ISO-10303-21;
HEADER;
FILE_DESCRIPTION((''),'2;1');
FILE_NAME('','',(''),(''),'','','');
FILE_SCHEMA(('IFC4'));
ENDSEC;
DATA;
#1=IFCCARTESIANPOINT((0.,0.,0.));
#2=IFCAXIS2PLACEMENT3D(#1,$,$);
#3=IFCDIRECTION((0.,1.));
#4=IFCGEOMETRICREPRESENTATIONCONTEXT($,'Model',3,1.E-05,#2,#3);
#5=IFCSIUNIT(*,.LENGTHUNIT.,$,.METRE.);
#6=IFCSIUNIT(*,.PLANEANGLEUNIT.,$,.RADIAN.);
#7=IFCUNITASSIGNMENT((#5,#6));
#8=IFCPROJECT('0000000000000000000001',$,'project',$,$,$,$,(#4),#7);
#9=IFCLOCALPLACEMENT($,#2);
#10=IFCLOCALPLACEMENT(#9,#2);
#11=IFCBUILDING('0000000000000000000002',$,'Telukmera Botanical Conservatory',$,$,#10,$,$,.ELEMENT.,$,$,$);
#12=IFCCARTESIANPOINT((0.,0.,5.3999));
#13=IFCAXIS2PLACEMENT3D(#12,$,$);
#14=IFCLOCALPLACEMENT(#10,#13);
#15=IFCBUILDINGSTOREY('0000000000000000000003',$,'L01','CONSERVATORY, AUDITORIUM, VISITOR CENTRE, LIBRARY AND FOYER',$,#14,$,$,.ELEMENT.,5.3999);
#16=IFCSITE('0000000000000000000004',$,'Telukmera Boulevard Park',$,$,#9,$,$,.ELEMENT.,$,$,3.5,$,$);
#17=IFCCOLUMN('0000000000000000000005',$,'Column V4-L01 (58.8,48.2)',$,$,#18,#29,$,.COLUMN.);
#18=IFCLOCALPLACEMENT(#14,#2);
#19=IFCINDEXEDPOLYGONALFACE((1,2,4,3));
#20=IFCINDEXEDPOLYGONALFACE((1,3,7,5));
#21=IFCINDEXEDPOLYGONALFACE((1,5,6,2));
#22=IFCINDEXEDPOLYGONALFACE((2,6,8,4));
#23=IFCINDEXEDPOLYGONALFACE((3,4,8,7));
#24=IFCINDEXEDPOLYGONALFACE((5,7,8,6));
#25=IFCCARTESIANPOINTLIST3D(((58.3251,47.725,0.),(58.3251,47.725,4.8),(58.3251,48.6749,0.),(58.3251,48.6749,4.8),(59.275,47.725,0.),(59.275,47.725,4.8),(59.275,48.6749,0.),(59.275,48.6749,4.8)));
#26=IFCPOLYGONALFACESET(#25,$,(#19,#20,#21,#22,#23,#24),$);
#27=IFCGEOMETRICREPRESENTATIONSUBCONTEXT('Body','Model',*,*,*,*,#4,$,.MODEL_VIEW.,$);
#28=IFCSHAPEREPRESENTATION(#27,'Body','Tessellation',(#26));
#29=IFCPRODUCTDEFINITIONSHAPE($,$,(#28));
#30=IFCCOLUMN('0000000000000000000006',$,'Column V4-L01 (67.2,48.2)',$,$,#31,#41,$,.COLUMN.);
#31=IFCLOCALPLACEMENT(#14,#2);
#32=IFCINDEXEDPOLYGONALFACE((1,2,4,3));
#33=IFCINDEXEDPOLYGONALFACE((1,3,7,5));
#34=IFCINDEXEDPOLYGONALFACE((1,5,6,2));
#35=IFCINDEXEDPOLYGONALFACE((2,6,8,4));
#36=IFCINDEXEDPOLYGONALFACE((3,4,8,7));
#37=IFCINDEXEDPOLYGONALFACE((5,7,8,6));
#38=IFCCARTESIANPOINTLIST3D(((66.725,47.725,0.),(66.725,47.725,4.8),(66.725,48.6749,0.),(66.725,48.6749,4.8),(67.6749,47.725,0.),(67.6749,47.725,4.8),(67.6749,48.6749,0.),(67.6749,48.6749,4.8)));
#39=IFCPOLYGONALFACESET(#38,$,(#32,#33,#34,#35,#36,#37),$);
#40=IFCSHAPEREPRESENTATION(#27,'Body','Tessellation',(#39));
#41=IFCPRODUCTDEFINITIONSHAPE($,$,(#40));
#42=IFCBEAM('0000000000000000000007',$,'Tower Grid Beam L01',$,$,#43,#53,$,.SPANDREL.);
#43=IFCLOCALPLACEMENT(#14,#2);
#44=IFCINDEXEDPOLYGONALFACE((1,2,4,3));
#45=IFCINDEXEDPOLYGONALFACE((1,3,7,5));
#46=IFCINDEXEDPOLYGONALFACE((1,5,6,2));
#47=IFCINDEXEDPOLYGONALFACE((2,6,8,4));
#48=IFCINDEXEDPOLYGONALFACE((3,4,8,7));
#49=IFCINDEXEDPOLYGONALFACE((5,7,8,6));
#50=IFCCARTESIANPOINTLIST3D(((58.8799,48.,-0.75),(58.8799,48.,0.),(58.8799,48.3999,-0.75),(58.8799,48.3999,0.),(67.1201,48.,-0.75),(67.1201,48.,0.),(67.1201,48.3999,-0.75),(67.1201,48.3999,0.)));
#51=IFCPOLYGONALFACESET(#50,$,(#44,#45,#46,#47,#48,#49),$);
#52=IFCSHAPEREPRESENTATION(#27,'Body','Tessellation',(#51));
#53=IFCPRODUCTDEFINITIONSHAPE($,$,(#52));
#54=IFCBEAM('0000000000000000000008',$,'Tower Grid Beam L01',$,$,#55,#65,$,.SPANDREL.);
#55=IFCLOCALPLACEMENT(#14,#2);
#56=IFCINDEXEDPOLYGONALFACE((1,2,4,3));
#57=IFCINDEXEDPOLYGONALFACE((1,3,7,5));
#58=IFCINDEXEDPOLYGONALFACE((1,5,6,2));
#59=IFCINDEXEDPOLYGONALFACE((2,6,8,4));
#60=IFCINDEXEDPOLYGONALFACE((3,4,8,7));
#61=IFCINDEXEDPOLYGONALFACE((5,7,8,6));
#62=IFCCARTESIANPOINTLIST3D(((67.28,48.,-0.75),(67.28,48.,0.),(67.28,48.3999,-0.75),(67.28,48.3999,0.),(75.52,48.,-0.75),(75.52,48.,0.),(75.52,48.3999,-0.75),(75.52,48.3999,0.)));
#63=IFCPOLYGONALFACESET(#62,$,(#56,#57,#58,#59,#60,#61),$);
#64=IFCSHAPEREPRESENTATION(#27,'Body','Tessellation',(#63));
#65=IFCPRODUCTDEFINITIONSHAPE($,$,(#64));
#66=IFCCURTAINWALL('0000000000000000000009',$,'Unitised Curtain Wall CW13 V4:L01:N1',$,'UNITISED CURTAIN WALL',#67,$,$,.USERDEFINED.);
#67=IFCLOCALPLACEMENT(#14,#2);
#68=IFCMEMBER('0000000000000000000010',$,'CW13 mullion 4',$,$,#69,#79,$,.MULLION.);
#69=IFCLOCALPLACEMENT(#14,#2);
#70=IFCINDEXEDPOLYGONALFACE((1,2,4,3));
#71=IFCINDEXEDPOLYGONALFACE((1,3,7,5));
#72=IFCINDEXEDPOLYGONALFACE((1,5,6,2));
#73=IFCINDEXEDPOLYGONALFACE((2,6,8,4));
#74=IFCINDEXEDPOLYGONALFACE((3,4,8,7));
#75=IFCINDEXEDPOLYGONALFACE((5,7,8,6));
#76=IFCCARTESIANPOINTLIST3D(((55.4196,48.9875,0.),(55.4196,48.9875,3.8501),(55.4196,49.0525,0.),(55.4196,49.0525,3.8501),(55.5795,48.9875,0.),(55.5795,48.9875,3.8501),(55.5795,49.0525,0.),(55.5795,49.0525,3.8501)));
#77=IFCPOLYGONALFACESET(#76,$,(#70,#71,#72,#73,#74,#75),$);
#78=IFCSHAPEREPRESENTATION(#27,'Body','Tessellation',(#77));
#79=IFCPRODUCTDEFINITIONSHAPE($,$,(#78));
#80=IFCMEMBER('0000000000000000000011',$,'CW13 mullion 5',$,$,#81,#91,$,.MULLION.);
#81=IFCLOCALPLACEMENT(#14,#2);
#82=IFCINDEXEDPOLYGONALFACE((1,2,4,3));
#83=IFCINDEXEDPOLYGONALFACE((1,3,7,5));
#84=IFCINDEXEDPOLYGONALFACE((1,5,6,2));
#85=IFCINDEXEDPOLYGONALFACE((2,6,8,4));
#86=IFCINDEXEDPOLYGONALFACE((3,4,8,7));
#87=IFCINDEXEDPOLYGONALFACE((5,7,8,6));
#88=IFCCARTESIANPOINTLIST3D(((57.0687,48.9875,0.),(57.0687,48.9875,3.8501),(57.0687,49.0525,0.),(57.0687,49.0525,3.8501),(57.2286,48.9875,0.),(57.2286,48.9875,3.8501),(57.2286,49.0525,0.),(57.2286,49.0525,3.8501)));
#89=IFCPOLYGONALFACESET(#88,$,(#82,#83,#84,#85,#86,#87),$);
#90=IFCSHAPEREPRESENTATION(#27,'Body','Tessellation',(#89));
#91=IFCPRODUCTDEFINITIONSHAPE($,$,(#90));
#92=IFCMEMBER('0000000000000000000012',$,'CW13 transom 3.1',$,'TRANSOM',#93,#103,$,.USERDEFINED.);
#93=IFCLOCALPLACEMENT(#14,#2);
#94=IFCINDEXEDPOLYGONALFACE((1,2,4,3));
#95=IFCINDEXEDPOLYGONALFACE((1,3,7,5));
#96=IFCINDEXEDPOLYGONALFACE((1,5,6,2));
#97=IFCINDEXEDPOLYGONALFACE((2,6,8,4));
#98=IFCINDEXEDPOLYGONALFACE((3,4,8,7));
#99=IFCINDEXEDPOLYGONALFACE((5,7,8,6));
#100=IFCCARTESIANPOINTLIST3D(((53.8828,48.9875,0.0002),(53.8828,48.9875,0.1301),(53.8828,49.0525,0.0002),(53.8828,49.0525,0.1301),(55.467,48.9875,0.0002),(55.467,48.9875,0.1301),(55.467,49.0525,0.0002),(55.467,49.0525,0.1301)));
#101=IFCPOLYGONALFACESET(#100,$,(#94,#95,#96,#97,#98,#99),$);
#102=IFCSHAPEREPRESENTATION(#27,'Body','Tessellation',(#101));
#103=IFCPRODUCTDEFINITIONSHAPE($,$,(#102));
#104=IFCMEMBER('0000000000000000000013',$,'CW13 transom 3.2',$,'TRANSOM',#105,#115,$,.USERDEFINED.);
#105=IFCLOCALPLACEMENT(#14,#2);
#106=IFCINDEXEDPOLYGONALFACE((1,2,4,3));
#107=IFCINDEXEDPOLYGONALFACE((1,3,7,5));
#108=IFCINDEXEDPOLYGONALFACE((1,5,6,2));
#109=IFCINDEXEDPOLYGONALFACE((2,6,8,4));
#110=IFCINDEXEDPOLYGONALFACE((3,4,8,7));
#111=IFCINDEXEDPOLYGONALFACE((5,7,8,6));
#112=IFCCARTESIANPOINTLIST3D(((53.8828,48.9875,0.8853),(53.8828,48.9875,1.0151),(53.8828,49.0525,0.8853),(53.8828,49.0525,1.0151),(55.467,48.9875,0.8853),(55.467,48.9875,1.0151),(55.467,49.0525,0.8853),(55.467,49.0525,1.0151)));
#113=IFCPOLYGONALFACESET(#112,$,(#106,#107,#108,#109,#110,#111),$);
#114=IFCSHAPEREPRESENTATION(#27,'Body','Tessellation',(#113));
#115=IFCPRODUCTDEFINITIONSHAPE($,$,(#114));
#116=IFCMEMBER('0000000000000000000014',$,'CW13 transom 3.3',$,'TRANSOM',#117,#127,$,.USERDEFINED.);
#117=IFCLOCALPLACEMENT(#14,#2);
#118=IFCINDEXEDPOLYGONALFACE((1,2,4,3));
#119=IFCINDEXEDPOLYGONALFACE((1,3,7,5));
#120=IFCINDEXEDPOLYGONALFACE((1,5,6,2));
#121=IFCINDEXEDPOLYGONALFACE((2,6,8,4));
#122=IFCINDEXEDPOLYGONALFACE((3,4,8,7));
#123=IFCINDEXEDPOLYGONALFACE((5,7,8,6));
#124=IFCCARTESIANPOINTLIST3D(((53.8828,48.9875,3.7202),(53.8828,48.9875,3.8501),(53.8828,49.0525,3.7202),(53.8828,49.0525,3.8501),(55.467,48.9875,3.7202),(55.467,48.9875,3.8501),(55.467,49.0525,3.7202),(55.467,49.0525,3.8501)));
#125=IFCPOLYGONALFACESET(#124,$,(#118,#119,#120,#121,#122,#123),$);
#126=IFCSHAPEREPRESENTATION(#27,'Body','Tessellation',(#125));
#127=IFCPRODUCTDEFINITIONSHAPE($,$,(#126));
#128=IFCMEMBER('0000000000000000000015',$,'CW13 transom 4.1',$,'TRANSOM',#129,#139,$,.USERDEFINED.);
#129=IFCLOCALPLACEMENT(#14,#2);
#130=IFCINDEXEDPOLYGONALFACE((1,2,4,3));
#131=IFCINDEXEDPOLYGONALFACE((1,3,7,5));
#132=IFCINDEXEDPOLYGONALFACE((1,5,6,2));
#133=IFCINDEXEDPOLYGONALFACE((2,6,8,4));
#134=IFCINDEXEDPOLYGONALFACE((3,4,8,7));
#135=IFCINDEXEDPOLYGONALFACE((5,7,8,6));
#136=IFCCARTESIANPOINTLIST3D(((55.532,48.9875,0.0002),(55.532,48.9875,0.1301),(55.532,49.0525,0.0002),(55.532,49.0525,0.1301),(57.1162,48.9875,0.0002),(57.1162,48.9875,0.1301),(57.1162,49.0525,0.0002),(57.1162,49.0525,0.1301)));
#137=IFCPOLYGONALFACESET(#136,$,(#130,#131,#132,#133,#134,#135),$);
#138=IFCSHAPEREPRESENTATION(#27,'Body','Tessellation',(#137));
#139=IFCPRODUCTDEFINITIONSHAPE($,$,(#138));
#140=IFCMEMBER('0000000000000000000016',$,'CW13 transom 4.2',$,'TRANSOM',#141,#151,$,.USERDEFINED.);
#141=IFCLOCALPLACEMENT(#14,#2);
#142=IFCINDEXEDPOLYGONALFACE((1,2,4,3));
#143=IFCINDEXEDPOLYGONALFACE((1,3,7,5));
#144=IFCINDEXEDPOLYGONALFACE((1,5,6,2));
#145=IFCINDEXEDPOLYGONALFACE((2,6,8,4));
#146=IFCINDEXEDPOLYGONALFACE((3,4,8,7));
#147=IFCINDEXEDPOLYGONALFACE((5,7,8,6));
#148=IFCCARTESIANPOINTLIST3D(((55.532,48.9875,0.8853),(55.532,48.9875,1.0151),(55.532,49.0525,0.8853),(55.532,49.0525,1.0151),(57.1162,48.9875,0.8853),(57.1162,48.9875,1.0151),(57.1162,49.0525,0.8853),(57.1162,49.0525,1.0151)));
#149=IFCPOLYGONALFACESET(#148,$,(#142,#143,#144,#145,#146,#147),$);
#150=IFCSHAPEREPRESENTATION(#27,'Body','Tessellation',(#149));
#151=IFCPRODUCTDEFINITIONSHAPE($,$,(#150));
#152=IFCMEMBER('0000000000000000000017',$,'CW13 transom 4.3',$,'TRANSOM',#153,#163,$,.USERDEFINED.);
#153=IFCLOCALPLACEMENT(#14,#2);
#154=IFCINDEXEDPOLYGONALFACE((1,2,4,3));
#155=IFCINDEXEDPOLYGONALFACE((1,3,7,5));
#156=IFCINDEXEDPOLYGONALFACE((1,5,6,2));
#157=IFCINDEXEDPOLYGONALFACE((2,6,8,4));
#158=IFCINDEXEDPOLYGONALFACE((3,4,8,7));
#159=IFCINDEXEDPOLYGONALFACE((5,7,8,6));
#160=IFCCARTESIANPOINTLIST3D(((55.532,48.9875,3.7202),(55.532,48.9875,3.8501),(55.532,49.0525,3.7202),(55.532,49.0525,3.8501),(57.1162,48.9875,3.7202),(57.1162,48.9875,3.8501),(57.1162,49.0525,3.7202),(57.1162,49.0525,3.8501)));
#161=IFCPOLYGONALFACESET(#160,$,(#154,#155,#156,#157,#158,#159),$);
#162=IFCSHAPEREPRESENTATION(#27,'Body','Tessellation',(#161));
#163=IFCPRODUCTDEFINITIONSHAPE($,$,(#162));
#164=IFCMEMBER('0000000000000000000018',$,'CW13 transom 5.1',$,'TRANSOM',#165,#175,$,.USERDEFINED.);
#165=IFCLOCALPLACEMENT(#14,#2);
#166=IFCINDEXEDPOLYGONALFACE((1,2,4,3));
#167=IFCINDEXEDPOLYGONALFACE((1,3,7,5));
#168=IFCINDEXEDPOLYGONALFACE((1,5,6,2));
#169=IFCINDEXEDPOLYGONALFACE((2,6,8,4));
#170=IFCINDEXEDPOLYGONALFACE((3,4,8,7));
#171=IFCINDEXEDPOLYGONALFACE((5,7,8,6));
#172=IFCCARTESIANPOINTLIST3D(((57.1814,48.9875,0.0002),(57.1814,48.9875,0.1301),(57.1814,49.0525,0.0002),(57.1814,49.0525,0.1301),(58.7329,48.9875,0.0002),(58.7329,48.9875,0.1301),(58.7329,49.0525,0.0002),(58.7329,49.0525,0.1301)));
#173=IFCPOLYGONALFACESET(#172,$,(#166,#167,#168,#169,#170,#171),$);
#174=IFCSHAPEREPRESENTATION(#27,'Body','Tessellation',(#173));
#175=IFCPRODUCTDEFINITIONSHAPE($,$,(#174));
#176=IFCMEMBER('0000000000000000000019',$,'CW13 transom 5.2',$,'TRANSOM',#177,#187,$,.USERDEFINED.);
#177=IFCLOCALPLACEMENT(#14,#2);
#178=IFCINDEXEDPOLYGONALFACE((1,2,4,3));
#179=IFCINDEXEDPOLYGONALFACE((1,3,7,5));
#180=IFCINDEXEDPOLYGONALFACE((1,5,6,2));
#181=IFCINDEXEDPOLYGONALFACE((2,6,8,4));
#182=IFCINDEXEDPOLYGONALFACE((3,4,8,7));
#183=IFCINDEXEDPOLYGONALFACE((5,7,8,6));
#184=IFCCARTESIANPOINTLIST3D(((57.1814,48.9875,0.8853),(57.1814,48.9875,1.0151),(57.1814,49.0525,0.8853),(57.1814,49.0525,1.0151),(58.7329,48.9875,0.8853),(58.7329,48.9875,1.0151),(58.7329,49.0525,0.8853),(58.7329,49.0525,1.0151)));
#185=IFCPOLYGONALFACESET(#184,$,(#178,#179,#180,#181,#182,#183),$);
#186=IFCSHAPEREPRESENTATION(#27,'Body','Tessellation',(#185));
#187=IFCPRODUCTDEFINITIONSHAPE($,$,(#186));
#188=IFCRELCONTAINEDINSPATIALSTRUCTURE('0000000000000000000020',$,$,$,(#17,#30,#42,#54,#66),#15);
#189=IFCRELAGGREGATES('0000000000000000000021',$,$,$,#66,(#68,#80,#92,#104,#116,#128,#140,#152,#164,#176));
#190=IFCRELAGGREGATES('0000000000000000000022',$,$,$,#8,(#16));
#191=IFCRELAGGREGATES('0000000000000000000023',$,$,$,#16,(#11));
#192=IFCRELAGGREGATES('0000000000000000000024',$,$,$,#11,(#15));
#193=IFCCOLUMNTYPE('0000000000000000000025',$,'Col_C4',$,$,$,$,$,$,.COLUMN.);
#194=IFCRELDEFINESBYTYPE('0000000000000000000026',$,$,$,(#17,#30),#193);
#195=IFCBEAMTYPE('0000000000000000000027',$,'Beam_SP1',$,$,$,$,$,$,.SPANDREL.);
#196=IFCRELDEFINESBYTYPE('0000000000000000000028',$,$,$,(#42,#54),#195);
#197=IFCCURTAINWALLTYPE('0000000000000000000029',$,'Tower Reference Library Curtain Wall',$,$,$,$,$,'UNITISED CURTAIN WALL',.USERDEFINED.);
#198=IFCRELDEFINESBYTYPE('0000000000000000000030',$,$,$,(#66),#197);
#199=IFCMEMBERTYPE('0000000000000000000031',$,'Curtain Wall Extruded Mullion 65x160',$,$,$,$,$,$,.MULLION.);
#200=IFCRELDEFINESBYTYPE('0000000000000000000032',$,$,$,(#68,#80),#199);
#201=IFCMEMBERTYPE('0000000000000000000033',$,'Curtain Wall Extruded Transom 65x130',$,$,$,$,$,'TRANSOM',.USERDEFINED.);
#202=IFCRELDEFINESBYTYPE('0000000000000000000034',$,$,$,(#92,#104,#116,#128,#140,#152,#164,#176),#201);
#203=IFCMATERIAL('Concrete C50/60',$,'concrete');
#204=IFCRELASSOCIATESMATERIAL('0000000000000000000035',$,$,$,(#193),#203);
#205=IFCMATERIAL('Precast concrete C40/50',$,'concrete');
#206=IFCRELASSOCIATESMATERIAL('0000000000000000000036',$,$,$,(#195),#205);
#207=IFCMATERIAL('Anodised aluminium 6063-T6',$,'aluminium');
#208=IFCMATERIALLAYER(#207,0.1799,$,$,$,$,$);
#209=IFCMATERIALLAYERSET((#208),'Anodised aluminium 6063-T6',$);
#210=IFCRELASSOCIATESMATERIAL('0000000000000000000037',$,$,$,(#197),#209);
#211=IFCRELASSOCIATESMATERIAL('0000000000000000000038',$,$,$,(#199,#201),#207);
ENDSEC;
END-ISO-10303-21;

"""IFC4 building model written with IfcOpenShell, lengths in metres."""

from ifc_helpers import new_model, si_unit, direction, frame, origin, origin_2d, place, context, subcontext, project, spatial, rectangle, extrude, material, layer, layer_set, material_profile, profile_set, type_object, element, aggregate, save


model = new_model("IFC4")

# Units and contexts
model_context = context("Model", 3, precision=1e-05, world=origin(), true_north=direction((0.0, 1.0)))
body_context = subcontext(model_context, "Body", "Model", "MODEL_VIEW")
ifc_project = project(units=[si_unit("LENGTHUNIT", "METRE"), si_unit("PLANEANGLEUNIT", "RADIAN")], contexts=[model_context])

# Site, building, storey
site_placement = place(None, origin())
site = spatial("IfcSite", under=ifc_project, at=site_placement, Name="Telukmera Boulevard Park", CompositionType="ELEMENT", RefElevation=3.5)
building_placement = place(site_placement, origin())
building = spatial("IfcBuilding", under=site, at=building_placement, Name="Telukmera Botanical Conservatory", CompositionType="ELEMENT")
storey_placement = place(building_placement, frame((0.0, 0.0, 5.3999)))
storey = spatial("IfcBuildingStorey", under=building, at=storey_placement, Name="L01", Description="CONSERVATORY, AUDITORIUM, VISITOR CENTRE, LIBRARY AND FOYER", CompositionType="ELEMENT", Elevation=5.3999)

# Columns
ifc_material_1 = material(Name="Concrete C50/60", Category="concrete")
ifc_material_profile_1 = material_profile(ifc_material_1, rectangle(XDim=0.95, YDim=0.95, at=origin_2d()), Name="RC 950x950")
ifc_profile_set_1 = profile_set([ifc_material_profile_1], Name="Concrete C50/60")
column_type = type_object("IfcColumnType", Name="Col_C4", PredefinedType="COLUMN", material=ifc_profile_set_1)
for number, where, z_axis, x_axis, name in (
    (1, (58.8, 48.2, 0.0), (0.0, 0.0, 1.0), (1.0, 0.0, 0.0), "Column V4-L01 (58.8,48.2)"),
    (2, (67.2, 48.2, 0.0), (0.0, 0.0, 1.0), (1.0, 0.0, 0.0), "Column V4-L01 (67.2,48.2)"),
):
    element("IfcColumn", number, at=place(storey_placement, frame(where, z_axis=z_axis, x_axis=x_axis)), inside=storey, type_object=column_type, Name=name, PredefinedType="COLUMN", context=body_context, shape_type="SweptSolid", body=[
        extrude(rectangle(XDim=0.95, YDim=0.95, at=origin_2d()), origin(), (0.0, 0.0, 1.0), 4.8),
    ])

# Beams
ifc_material_2 = material(Name="Precast concrete C40/50", Category="concrete")
ifc_material_profile_2 = material_profile(ifc_material_2, rectangle(XDim=0.3999, YDim=0.75, at=origin_2d()), Name="PC 400x750")
ifc_profile_set_2 = profile_set([ifc_material_profile_2], Name="Precast concrete C40/50")
beam_type = type_object("IfcBeamType", Name="Beam_SP1", PredefinedType="SPANDREL", material=ifc_profile_set_2)
beam_1_placement = place(storey_placement, frame((58.8799, 48.2, -0.375), z_axis=(1.0, 0.0, 0.0), x_axis=(0.0, 1.0, 0.0)))
element("IfcBeam", 3, at=beam_1_placement, inside=storey, type_object=beam_type, Name="Tower Grid Beam L01", PredefinedType="SPANDREL", context=body_context, shape_type="SweptSolid", body=[
    extrude(rectangle(XDim=0.3999, YDim=0.75, at=origin_2d()), origin(), (0.0, 0.0, 1.0), 8.2402),
])
beam_2_placement = place(storey_placement, frame((67.28, 48.2, -0.375), z_axis=(1.0, 0.0, 0.0), x_axis=(0.0, 1.0, 0.0)))
element("IfcBeam", 4, at=beam_2_placement, inside=storey, type_object=beam_type, Name="Tower Grid Beam L01", PredefinedType="SPANDREL", context=body_context, shape_type="SweptSolid", body=[
    extrude(rectangle(XDim=0.3999, YDim=0.75, at=origin_2d()), origin(), (0.0, 0.0, 1.0), 8.24),
])

# Curtain wall, members
ifc_material_3 = material(Name="Anodised aluminium 6063-T6", Category="aluminium")
ifc_layer_1 = layer(ifc_material_3, 0.1799)
ifc_layer_set_1 = layer_set([ifc_layer_1], Name="Anodised aluminium 6063-T6")
curtain_wall_type = type_object("IfcCurtainWallType", Name="Tower Reference Library Curtain Wall", ElementType="UNITISED CURTAIN WALL", PredefinedType="USERDEFINED", material=ifc_layer_set_1)
curtain_wall_placement = place(storey_placement, origin())
curtain_wall = element("IfcCurtainWall", 5, at=curtain_wall_placement, inside=storey, type_object=curtain_wall_type, Name="Unitised Curtain Wall CW13 V4:L01:N1", ObjectType="UNITISED CURTAIN WALL", PredefinedType="USERDEFINED")
ifc_material_profile_3 = material_profile(ifc_material_3, rectangle(XDim=0.0649, YDim=0.1599, at=origin_2d()), Name="ALU MULL 65x160")
ifc_profile_set_3 = profile_set([ifc_material_profile_3], Name="Anodised aluminium 6063-T6")
member_type_1 = type_object("IfcMemberType", Name="Curtain Wall Extruded Mullion 65x160", PredefinedType="MULLION", material=ifc_profile_set_3)
member_1_placement = place(storey_placement, frame((55.4995, 49.02, 0.0), z_axis=(0.0, 0.0, 1.0), x_axis=(0.0, 1.0, 0.0)))
member_1 = element("IfcMember", 6, at=member_1_placement, type_object=member_type_1, Name="CW13 mullion 4", PredefinedType="MULLION", context=body_context, shape_type="SweptSolid", body=[
    extrude(rectangle(XDim=0.0649, YDim=0.1599, at=origin_2d()), origin(), (0.0, 0.0, 1.0), 3.8501),
])
member_2_placement = place(storey_placement, frame((57.1487, 49.02, 0.0), z_axis=(0.0, 0.0, 1.0), x_axis=(0.0, 1.0, 0.0)))
member_2 = element("IfcMember", 7, at=member_2_placement, type_object=member_type_1, Name="CW13 mullion 5", PredefinedType="MULLION", context=body_context, shape_type="SweptSolid", body=[
    extrude(rectangle(XDim=0.0649, YDim=0.1599, at=origin_2d()), origin(), (0.0, 0.0, 1.0), 3.8501),
])
ifc_material_profile_4 = material_profile(ifc_material_3, rectangle(XDim=0.0649, YDim=0.1299, at=origin_2d()), Name="ALU TRAN 65x130")
ifc_profile_set_4 = profile_set([ifc_material_profile_4], Name="Anodised aluminium 6063-T6")
member_type_2 = type_object("IfcMemberType", Name="Curtain Wall Extruded Transom 65x130", ElementType="TRANSOM", PredefinedType="USERDEFINED", material=ifc_profile_set_4)
member_3_placement = place(storey_placement, frame((53.8828, 49.02, 0.0652), z_axis=(1.0, 0.0, 0.0), x_axis=(0.0, 1.0, 0.0)))
member_3 = element("IfcMember", 8, at=member_3_placement, type_object=member_type_2, Name="CW13 transom 3.1", ObjectType="TRANSOM", PredefinedType="USERDEFINED", context=body_context, shape_type="SweptSolid", body=[
    extrude(rectangle(XDim=0.0649, YDim=0.1299, at=origin_2d()), origin(), (0.0, 0.0, 1.0), 1.5842),
])
member_4_placement = place(storey_placement, frame((53.8828, 49.02, 0.9502), z_axis=(1.0, 0.0, 0.0), x_axis=(0.0, 1.0, 0.0)))
member_4 = element("IfcMember", 9, at=member_4_placement, type_object=member_type_2, Name="CW13 transom 3.2", ObjectType="TRANSOM", PredefinedType="USERDEFINED", context=body_context, shape_type="SweptSolid", body=[
    extrude(rectangle(XDim=0.0649, YDim=0.1299, at=origin_2d()), origin(), (0.0, 0.0, 1.0), 1.5842),
])
member_5_placement = place(storey_placement, frame((53.8828, 49.02, 3.7852), z_axis=(1.0, 0.0, 0.0), x_axis=(0.0, 1.0, 0.0)))
member_5 = element("IfcMember", 10, at=member_5_placement, type_object=member_type_2, Name="CW13 transom 3.3", ObjectType="TRANSOM", PredefinedType="USERDEFINED", context=body_context, shape_type="SweptSolid", body=[
    extrude(rectangle(XDim=0.0649, YDim=0.1299, at=origin_2d()), origin(), (0.0, 0.0, 1.0), 1.5842),
])
member_6_placement = place(storey_placement, frame((55.532, 49.02, 0.0652), z_axis=(1.0, 0.0, 0.0), x_axis=(0.0, 1.0, 0.0)))
member_6 = element("IfcMember", 11, at=member_6_placement, type_object=member_type_2, Name="CW13 transom 4.1", ObjectType="TRANSOM", PredefinedType="USERDEFINED", context=body_context, shape_type="SweptSolid", body=[
    extrude(rectangle(XDim=0.0649, YDim=0.1299, at=origin_2d()), origin(), (0.0, 0.0, 1.0), 1.5842),
])
member_7_placement = place(storey_placement, frame((55.532, 49.02, 0.9502), z_axis=(1.0, 0.0, 0.0), x_axis=(0.0, 1.0, 0.0)))
member_7 = element("IfcMember", 12, at=member_7_placement, type_object=member_type_2, Name="CW13 transom 4.2", ObjectType="TRANSOM", PredefinedType="USERDEFINED", context=body_context, shape_type="SweptSolid", body=[
    extrude(rectangle(XDim=0.0649, YDim=0.1299, at=origin_2d()), origin(), (0.0, 0.0, 1.0), 1.5842),
])
member_8_placement = place(storey_placement, frame((55.532, 49.02, 3.7852), z_axis=(1.0, 0.0, 0.0), x_axis=(0.0, 1.0, 0.0)))
member_8 = element("IfcMember", 13, at=member_8_placement, type_object=member_type_2, Name="CW13 transom 4.3", ObjectType="TRANSOM", PredefinedType="USERDEFINED", context=body_context, shape_type="SweptSolid", body=[
    extrude(rectangle(XDim=0.0649, YDim=0.1299, at=origin_2d()), origin(), (0.0, 0.0, 1.0), 1.5842),
])
member_9_placement = place(storey_placement, frame((57.1814, 49.02, 0.0652), z_axis=(1.0, 0.0, 0.0), x_axis=(0.0, 1.0, 0.0)))
member_9 = element("IfcMember", 14, at=member_9_placement, type_object=member_type_2, Name="CW13 transom 5.1", ObjectType="TRANSOM", PredefinedType="USERDEFINED", context=body_context, shape_type="SweptSolid", body=[
    extrude(rectangle(XDim=0.0649, YDim=0.1299, at=origin_2d()), origin(), (0.0, 0.0, 1.0), 1.5515),
])
member_10_placement = place(storey_placement, frame((57.1814, 49.02, 0.9502), z_axis=(1.0, 0.0, 0.0), x_axis=(0.0, 1.0, 0.0)))
member_10 = element("IfcMember", 15, at=member_10_placement, type_object=member_type_2, Name="CW13 transom 5.2", ObjectType="TRANSOM", PredefinedType="USERDEFINED", context=body_context, shape_type="SweptSolid", body=[
    extrude(rectangle(XDim=0.0649, YDim=0.1299, at=origin_2d()), origin(), (0.0, 0.0, 1.0), 1.5515),
])
aggregate(curtain_wall, [member_1, member_2, member_3, member_4, member_5, member_6, member_7, member_8, member_9, member_10])

save(model, "model.ifc")
